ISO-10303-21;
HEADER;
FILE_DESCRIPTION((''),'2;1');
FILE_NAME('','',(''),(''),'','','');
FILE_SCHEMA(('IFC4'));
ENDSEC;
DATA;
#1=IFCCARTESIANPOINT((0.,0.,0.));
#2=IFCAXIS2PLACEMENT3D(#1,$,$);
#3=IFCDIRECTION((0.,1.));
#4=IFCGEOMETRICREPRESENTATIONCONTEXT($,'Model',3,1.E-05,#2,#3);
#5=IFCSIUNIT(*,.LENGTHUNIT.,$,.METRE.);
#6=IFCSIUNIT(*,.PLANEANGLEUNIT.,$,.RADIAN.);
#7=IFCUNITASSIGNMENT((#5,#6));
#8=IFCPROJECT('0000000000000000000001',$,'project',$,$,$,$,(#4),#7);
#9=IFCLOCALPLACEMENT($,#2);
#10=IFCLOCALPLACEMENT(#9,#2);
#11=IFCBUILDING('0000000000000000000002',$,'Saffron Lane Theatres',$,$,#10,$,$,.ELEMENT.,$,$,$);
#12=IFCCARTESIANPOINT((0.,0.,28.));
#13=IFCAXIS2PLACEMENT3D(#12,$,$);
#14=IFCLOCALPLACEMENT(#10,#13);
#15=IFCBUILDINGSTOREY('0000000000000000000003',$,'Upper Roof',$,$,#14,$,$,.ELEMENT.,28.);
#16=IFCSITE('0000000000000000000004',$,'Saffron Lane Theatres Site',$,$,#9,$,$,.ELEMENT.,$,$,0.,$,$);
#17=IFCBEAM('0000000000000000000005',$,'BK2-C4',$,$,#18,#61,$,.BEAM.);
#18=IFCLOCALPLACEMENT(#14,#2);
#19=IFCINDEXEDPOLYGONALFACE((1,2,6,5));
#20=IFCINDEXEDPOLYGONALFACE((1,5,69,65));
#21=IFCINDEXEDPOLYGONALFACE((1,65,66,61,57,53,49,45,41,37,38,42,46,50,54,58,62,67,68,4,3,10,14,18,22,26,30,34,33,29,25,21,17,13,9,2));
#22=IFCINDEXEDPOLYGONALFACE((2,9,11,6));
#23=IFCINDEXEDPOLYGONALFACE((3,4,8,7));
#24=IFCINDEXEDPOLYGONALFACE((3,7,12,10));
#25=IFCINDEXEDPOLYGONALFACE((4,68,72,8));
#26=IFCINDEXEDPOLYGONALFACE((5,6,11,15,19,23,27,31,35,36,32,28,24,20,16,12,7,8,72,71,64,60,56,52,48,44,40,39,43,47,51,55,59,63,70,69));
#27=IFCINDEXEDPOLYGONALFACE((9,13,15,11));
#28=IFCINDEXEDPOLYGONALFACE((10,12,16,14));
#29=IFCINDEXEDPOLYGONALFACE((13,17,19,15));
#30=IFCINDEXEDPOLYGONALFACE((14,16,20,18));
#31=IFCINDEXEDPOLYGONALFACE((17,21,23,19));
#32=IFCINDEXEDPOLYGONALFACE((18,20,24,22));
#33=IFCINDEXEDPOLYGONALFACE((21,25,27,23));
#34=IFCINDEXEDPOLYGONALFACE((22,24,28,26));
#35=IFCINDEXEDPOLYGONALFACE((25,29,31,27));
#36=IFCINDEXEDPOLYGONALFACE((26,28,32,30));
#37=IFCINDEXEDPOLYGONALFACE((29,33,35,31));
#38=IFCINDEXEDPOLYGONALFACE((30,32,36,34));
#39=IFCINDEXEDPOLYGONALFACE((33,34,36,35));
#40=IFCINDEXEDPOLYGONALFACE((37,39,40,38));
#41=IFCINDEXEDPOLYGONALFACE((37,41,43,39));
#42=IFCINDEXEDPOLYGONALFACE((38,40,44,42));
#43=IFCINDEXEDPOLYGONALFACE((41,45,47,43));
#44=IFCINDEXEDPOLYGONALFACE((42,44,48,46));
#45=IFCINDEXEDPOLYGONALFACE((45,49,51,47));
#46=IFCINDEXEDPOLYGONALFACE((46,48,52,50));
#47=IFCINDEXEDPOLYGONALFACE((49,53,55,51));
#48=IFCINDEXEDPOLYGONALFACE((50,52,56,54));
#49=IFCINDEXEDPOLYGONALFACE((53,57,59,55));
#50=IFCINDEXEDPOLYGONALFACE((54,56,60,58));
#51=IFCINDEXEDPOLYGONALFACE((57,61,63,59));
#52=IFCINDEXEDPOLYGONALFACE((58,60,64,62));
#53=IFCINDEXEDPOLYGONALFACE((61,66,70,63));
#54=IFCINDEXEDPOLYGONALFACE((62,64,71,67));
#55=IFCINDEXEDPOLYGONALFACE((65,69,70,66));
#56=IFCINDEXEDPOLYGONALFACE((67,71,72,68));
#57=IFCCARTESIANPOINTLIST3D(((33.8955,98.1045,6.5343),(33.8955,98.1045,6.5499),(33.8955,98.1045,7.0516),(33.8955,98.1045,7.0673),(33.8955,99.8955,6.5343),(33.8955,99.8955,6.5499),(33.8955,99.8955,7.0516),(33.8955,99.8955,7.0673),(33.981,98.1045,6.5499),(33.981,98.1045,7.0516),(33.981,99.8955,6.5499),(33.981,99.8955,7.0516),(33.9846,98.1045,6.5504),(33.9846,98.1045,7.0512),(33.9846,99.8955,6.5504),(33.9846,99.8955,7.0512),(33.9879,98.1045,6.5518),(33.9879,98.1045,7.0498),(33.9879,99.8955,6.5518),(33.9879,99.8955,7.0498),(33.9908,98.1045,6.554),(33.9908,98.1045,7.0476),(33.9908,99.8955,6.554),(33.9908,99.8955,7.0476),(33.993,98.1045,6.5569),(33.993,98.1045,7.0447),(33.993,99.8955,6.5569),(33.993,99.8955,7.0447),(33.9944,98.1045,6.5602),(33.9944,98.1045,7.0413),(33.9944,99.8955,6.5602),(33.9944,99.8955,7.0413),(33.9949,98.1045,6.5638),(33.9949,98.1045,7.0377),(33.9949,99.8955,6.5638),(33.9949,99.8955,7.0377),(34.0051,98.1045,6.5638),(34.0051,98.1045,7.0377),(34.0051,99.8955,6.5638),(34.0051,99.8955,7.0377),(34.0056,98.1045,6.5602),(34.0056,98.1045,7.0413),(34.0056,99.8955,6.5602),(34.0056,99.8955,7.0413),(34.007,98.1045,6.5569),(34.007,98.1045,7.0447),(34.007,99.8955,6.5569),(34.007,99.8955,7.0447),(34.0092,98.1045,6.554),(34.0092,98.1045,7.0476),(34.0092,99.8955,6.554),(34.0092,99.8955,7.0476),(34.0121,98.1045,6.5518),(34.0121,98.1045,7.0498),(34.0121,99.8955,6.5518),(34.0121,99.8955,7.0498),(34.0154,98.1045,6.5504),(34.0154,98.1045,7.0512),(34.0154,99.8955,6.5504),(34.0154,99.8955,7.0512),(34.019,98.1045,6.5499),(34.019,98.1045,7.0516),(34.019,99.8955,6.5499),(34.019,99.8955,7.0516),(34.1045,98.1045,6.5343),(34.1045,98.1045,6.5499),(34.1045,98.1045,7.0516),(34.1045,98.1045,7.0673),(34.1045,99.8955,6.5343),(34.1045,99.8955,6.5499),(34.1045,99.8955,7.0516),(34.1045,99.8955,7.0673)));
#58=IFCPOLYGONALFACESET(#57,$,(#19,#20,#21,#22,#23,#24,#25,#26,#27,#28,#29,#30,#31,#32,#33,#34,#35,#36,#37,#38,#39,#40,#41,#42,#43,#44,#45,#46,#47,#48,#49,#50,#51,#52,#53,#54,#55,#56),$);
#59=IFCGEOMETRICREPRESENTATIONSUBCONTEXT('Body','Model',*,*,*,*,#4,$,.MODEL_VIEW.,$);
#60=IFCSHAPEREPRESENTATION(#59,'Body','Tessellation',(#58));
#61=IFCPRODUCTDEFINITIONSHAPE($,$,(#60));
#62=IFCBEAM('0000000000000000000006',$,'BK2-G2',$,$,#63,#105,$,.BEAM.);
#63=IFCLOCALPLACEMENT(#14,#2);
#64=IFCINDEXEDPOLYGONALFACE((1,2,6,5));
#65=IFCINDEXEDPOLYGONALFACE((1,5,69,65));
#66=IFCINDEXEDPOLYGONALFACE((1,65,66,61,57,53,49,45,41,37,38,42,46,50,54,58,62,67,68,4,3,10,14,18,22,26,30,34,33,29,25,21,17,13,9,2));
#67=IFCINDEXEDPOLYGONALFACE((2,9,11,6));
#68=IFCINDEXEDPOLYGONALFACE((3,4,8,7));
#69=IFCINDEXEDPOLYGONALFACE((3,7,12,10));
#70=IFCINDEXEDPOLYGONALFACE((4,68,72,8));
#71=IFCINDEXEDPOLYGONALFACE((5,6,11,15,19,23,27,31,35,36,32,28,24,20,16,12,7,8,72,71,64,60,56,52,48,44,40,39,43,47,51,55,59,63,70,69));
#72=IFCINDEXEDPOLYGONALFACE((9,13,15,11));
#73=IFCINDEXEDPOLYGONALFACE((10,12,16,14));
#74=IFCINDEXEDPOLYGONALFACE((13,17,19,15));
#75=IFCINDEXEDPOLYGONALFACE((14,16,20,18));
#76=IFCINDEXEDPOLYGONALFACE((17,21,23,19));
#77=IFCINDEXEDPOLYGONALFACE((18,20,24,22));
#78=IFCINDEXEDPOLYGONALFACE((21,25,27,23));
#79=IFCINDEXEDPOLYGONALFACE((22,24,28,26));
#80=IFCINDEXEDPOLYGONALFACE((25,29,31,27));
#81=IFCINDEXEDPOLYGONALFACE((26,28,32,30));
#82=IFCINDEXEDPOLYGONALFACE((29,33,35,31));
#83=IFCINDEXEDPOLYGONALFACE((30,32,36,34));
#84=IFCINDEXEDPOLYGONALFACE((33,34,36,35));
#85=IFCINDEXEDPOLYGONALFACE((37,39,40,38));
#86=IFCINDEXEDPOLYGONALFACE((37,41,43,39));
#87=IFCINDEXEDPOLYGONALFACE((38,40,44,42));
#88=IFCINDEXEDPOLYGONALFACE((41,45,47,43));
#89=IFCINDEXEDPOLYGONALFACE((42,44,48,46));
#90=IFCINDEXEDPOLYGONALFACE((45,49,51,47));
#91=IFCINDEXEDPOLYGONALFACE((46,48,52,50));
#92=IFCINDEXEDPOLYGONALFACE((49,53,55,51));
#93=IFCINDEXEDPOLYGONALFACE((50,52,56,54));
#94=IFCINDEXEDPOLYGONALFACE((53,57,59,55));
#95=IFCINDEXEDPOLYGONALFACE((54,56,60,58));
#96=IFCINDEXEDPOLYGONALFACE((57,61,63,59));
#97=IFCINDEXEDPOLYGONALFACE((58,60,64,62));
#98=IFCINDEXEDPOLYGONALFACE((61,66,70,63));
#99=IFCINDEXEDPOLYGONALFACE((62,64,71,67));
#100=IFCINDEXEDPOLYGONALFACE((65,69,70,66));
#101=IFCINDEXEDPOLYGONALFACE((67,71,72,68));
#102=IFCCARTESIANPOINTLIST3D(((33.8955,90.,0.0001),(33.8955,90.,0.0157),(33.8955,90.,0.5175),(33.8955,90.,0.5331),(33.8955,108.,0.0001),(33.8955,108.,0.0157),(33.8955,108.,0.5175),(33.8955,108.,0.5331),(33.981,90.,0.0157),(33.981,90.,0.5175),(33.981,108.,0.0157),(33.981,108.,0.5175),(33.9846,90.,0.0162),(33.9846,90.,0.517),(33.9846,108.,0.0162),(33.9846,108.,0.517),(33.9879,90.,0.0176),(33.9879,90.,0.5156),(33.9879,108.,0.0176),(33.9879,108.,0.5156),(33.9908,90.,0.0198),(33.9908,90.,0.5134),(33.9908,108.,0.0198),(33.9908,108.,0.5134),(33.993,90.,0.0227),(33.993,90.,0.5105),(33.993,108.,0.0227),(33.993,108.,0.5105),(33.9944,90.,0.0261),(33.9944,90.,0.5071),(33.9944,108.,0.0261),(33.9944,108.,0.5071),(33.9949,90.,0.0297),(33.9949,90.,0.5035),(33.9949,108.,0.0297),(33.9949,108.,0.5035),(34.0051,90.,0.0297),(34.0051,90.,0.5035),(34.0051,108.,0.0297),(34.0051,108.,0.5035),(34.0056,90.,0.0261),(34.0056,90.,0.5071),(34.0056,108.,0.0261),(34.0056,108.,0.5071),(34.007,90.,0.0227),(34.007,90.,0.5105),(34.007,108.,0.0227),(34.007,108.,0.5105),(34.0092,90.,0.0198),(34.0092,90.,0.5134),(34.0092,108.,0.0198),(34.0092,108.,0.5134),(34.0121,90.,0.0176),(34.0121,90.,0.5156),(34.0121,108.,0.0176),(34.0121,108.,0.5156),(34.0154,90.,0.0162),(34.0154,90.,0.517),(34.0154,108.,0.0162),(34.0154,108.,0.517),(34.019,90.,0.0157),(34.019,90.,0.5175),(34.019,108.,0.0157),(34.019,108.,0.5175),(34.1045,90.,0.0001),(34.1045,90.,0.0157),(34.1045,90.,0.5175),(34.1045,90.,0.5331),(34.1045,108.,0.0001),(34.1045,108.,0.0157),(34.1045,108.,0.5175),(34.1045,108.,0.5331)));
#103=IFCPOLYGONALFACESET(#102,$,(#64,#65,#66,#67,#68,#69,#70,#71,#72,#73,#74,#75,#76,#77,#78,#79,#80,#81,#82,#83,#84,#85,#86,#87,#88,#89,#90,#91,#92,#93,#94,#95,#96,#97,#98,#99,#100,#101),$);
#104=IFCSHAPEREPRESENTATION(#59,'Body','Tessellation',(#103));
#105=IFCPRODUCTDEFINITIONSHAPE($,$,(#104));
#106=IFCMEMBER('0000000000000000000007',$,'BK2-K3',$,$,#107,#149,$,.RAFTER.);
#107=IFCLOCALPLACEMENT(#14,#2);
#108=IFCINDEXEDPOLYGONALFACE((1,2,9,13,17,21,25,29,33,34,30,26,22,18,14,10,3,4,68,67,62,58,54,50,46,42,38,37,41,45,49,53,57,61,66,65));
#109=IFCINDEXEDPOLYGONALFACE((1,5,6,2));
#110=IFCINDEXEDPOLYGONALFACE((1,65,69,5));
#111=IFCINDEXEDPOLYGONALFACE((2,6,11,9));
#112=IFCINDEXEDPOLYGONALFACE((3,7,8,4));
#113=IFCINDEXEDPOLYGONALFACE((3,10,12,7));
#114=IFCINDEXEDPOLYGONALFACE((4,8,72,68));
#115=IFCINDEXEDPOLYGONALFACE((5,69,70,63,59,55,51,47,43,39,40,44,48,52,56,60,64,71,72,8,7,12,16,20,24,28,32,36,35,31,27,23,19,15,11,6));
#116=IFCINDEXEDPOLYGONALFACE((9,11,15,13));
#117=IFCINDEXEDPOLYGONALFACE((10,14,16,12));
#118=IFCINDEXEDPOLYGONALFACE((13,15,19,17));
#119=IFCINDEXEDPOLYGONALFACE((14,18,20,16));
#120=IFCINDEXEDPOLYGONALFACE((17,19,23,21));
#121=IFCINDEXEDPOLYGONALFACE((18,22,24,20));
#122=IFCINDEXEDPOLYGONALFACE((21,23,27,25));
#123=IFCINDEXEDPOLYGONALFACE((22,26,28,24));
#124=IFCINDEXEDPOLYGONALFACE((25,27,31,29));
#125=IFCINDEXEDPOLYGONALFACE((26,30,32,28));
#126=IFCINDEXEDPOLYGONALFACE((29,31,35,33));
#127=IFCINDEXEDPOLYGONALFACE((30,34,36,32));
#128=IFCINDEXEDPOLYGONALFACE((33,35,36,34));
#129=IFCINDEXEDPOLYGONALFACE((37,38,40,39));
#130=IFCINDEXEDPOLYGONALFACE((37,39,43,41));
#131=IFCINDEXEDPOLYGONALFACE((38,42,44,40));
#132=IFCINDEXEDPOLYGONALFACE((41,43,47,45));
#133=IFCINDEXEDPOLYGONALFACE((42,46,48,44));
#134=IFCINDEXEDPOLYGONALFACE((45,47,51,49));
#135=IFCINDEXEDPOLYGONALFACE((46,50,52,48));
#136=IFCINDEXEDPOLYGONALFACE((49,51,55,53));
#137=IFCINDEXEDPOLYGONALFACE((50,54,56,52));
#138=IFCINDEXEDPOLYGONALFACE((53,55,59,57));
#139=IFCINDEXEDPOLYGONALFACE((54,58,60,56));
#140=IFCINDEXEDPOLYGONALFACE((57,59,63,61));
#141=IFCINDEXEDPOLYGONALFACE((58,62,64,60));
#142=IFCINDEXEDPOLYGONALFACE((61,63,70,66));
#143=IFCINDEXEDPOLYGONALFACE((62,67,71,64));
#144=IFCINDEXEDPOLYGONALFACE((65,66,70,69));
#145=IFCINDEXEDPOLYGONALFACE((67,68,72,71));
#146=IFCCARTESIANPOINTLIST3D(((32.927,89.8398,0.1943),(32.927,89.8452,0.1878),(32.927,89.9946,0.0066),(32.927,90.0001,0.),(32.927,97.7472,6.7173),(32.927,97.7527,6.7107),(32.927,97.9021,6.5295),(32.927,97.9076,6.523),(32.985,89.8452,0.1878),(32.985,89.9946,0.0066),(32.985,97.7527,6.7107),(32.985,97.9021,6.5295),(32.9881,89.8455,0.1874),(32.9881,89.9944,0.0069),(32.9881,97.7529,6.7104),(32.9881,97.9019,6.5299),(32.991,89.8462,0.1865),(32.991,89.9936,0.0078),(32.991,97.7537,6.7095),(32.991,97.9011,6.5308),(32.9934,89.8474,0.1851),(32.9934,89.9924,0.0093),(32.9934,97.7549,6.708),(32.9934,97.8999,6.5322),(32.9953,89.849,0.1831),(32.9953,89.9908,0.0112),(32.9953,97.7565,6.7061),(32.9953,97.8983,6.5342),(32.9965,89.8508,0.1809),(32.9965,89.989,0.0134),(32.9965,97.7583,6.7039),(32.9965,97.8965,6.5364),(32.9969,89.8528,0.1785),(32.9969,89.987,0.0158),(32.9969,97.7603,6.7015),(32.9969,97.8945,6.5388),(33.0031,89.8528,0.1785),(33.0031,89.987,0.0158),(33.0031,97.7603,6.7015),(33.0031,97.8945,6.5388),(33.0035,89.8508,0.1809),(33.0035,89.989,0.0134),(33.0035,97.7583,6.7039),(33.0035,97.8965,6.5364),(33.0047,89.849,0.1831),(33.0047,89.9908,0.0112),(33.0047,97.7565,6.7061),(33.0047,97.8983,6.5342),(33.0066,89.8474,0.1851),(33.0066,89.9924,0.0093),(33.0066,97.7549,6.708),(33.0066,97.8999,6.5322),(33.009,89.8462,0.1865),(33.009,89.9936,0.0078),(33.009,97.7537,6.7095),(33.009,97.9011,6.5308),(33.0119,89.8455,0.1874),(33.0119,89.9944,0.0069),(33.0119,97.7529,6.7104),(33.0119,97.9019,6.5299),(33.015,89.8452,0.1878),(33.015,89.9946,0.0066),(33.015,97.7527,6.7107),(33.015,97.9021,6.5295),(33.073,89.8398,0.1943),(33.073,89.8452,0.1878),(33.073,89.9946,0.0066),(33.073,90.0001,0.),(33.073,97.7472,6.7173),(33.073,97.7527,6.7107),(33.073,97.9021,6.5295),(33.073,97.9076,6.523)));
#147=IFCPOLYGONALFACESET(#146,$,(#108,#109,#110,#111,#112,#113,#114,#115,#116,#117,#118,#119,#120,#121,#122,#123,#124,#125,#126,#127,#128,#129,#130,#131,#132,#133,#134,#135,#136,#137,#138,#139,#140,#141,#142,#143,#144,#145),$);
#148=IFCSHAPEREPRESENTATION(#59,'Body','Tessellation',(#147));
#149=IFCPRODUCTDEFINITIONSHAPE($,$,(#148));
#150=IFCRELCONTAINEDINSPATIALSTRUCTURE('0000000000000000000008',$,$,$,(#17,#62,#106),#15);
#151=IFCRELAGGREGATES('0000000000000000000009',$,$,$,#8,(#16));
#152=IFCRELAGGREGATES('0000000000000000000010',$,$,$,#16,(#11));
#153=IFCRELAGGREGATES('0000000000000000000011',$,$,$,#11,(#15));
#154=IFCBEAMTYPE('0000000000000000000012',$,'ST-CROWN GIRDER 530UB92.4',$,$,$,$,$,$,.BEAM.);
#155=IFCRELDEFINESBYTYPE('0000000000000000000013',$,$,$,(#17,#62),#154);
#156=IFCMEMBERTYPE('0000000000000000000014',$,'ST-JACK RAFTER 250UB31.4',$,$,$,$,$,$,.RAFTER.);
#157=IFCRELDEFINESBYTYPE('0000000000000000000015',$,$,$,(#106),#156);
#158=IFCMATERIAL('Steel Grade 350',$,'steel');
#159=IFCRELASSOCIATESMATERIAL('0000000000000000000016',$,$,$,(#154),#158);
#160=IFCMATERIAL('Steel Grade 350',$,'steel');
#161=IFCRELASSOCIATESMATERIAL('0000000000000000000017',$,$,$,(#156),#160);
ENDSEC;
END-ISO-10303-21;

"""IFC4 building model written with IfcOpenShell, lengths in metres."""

from ifc_helpers import new_model, si_unit, direction, frame, origin, origin_2d, place, context, subcontext, project, spatial, i_section, extrude, material, material_profile, profile_set, type_object, element, save


model = new_model("IFC4")

# Units and contexts
model_context = context("Model", 3, precision=1e-05, world=origin(), true_north=direction((0.0, 1.0)))
body_context = subcontext(model_context, "Body", "Model", "MODEL_VIEW")
ifc_project = project(units=[si_unit("LENGTHUNIT", "METRE"), si_unit("PLANEANGLEUNIT", "RADIAN")], contexts=[model_context])

# Site, building, storey
site_placement = place(None, origin())
site = spatial("IfcSite", under=ifc_project, at=site_placement, Name="Saffron Lane Theatres Site", CompositionType="ELEMENT", RefElevation=0.0)
building_placement = place(site_placement, origin())
building = spatial("IfcBuilding", under=site, at=building_placement, Name="Saffron Lane Theatres", CompositionType="ELEMENT")
storey_placement = place(building_placement, frame((0.0, 0.0, 28.0)))
storey = spatial("IfcBuildingStorey", under=building, at=storey_placement, Name="Upper Roof", CompositionType="ELEMENT", Elevation=28.0)

# Beams
ifc_material_1 = material(Name="Steel Grade 350", Category="steel")
ifc_material_profile_1 = material_profile(ifc_material_1, i_section(OverallWidth=0.209, OverallDepth=0.533, WebThickness=0.0103, FlangeThickness=0.0156, FilletRadius=0.0139, at=origin_2d()))
ifc_profile_set_1 = profile_set([ifc_material_profile_1], Name="Steel Grade 350")
beam_type_1 = type_object("IfcBeamType", Name="ST-CROWN GIRDER 530UB92.4", PredefinedType="BEAM", material=ifc_profile_set_1)
beam_1_placement = place(storey_placement, frame((34.0, 98.1045, 6.8008), z_axis=(0.0, 1.0, 0.0), x_axis=(-1.0, 0.0, 0.0)))
element("IfcBeam", 1, at=beam_1_placement, inside=storey, type_object=beam_type_1, Name="BK2-C4", PredefinedType="BEAM", context=body_context, shape_type="SweptSolid", body=[
    extrude(i_section(OverallWidth=0.209, OverallDepth=0.533, WebThickness=0.0103, FlangeThickness=0.0156, FilletRadius=0.0139, at=origin_2d()), origin(), (0.0, 0.0, 1.0), 1.791),
])
beam_2_placement = place(storey_placement, frame((34.0, 90.0, 0.2666), z_axis=(0.0, 1.0, 0.0), x_axis=(-1.0, 0.0, 0.0)))
element("IfcBeam", 2, at=beam_2_placement, inside=storey, type_object=beam_type_1, Name="BK2-G2", PredefinedType="BEAM", context=body_context, shape_type="SweptSolid", body=[
    extrude(i_section(OverallWidth=0.209, OverallDepth=0.533, WebThickness=0.0103, FlangeThickness=0.0156, FilletRadius=0.0139, at=origin_2d()), origin(), (0.0, 0.0, 1.0), 18.0),
])

# Member
ifc_material_2 = material(Name="Steel Grade 350", Category="steel")
ifc_material_profile_2 = material_profile(ifc_material_2, i_section(OverallWidth=0.146, OverallDepth=0.252, WebThickness=0.0061, FlangeThickness=0.0085, FilletRadius=0.012, at=origin_2d()))
ifc_profile_set_2 = profile_set([ifc_material_profile_2], Name="Steel Grade 350")
member_type_1 = type_object("IfcMemberType", Name="ST-JACK RAFTER 250UB31.4", PredefinedType="RAFTER", material=ifc_profile_set_2)
member_1_placement = place(storey_placement, frame((33.0, 89.9199, 0.0972), z_axis=(0.0, 0.771407, 0.636342), x_axis=(-1.0, 0.0, 0.0)))
element("IfcMember", 3, at=member_1_placement, inside=storey, type_object=member_type_1, Name="BK2-K3", PredefinedType="RAFTER", context=body_context, shape_type="SweptSolid", body=[
    extrude(i_section(OverallWidth=0.146, OverallDepth=0.252, WebThickness=0.0061, FlangeThickness=0.0085, FilletRadius=0.012, at=origin_2d()), origin(), (0.0, 0.0, 1.0), 10.2507),
])

save(model, "model.ifc")
